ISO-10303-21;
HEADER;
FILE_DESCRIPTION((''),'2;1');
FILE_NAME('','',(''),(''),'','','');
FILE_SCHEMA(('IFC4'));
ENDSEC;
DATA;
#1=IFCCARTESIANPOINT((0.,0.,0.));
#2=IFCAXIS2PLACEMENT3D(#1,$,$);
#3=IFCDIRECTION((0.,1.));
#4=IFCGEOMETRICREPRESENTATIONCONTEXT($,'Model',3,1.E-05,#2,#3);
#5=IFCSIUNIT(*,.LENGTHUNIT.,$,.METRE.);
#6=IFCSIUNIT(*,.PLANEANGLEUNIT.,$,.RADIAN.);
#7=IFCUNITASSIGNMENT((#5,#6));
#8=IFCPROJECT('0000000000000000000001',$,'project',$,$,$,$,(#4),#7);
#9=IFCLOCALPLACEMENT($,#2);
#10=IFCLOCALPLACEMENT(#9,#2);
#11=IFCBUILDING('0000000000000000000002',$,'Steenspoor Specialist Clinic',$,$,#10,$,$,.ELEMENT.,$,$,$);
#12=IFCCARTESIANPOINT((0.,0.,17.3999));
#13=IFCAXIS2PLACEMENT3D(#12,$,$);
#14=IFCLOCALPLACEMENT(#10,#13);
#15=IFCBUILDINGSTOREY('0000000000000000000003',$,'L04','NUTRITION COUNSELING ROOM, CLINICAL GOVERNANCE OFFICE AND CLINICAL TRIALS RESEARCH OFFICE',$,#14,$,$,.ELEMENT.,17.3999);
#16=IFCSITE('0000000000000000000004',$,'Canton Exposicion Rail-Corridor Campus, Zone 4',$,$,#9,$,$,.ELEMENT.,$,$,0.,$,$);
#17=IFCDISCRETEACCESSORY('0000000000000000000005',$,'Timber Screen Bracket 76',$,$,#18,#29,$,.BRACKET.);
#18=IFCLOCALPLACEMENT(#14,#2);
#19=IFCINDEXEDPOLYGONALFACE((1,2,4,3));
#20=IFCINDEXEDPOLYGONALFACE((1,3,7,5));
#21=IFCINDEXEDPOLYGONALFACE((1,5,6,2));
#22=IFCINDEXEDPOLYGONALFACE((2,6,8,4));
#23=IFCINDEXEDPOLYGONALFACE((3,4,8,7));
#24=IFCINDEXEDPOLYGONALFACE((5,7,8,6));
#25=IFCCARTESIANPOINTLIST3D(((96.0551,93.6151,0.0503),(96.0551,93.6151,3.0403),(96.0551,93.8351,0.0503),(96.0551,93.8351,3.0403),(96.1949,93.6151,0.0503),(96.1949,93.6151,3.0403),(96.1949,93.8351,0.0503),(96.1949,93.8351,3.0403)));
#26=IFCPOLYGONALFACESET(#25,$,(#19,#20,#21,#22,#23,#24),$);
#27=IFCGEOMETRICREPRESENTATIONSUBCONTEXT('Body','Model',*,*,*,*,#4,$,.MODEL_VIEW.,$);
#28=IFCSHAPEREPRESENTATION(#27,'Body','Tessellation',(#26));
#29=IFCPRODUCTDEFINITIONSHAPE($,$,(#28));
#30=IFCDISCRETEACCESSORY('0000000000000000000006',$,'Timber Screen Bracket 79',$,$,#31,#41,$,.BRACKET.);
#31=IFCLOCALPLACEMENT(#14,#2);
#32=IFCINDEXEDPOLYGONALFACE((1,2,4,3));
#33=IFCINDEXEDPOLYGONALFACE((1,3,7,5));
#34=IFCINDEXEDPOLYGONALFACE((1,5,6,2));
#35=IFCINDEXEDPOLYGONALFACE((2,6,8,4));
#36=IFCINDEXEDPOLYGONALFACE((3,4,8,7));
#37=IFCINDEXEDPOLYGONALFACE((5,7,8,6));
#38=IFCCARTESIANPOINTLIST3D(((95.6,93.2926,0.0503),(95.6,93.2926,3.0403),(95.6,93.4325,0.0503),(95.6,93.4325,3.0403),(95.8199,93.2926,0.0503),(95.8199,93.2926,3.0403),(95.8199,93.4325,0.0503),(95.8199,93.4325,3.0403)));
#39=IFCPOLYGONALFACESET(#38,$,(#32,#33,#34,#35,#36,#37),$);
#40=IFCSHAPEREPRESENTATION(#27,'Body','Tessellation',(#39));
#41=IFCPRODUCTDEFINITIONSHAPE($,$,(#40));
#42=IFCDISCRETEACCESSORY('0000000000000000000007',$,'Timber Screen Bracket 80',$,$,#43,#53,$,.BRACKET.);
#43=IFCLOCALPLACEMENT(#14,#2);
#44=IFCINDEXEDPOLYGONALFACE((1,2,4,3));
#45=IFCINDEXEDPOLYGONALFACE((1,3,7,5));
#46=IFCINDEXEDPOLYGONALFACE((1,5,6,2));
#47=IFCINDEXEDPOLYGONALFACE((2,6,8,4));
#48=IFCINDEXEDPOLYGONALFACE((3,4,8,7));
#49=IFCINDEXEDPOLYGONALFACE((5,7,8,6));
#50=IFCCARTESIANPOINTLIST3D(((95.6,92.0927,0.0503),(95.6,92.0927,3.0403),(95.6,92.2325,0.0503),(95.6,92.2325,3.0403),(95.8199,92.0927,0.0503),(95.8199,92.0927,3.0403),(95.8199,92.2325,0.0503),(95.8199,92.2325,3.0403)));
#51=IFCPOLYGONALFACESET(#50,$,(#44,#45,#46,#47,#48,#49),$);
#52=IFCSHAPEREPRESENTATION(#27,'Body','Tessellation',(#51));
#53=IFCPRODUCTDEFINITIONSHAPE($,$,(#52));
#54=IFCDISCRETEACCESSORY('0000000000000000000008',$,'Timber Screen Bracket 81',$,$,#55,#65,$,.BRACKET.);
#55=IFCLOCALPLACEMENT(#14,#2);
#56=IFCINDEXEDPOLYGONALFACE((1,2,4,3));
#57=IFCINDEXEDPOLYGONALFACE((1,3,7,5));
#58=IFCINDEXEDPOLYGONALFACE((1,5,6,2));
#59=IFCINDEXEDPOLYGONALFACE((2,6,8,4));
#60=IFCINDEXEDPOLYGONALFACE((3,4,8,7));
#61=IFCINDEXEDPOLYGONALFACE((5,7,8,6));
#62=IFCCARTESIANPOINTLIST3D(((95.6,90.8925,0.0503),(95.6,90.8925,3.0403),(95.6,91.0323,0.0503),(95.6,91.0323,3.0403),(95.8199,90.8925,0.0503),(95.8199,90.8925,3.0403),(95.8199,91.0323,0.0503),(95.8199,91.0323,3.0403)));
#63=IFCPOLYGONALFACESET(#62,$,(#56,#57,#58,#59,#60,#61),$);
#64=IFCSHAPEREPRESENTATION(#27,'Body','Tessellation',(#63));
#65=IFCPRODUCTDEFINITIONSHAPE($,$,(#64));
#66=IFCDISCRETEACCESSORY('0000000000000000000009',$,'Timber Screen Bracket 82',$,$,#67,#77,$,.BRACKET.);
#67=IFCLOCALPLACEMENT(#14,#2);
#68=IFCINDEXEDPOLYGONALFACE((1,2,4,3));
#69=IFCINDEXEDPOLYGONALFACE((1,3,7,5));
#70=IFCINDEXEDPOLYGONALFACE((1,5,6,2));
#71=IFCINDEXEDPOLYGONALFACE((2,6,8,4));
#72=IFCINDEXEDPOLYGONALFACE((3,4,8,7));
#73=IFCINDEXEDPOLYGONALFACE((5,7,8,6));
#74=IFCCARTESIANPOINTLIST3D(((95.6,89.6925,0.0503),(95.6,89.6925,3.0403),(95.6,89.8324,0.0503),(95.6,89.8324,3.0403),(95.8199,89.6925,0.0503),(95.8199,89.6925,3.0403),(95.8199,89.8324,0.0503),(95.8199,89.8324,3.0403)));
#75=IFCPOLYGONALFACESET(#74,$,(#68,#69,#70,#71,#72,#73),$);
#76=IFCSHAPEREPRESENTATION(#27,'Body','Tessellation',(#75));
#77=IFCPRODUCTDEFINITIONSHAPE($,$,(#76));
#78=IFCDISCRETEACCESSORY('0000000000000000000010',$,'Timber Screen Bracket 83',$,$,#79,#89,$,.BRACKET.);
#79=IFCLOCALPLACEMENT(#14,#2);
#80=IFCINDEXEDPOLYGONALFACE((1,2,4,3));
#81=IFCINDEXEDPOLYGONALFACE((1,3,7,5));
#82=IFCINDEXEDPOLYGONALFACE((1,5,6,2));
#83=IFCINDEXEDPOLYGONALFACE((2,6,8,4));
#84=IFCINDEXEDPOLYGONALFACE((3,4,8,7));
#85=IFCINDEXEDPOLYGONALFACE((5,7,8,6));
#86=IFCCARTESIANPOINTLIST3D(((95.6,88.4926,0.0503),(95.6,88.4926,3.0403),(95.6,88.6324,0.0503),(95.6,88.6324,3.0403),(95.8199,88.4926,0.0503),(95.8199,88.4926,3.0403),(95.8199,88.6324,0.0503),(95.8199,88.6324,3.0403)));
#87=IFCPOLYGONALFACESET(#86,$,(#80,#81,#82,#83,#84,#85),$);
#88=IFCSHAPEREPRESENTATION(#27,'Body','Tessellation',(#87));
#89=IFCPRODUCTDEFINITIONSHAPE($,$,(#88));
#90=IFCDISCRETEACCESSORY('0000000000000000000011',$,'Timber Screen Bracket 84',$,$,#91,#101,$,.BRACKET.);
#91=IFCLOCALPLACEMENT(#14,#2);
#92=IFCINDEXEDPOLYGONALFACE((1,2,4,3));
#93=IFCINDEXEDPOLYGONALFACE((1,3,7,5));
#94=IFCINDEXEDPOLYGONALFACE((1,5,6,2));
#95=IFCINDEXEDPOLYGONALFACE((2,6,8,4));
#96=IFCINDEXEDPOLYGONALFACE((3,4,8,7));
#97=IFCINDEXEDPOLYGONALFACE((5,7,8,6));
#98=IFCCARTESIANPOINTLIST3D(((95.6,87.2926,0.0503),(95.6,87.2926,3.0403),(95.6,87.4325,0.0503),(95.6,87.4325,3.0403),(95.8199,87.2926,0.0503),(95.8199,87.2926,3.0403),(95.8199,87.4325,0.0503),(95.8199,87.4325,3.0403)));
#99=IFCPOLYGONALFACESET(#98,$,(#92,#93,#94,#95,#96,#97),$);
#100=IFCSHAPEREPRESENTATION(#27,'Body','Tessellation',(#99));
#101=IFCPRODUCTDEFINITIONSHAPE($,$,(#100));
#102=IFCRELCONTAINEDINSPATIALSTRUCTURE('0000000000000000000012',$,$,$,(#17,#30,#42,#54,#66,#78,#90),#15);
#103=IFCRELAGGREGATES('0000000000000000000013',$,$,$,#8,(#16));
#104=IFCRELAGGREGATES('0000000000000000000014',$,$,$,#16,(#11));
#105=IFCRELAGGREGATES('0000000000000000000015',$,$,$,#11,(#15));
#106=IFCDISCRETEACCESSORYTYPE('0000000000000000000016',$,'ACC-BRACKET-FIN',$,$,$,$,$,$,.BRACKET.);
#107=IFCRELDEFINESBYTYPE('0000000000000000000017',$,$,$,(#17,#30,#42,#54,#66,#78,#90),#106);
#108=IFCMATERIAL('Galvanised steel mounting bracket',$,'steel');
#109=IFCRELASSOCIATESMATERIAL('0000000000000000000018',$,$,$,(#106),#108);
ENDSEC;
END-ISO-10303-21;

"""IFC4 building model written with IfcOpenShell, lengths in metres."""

from ifc_helpers import new_model, si_unit, direction, frame, origin, origin_2d, place, context, subcontext, project, spatial, rectangle, extrude, material, type_object, element, save


model = new_model("IFC4")

# Units and contexts
model_context = context("Model", 3, precision=1e-05, world=origin(), true_north=direction((0.0, 1.0)))
body_context = subcontext(model_context, "Body", "Model", "MODEL_VIEW")
ifc_project = project(units=[si_unit("LENGTHUNIT", "METRE"), si_unit("PLANEANGLEUNIT", "RADIAN")], contexts=[model_context])

# Site, building, storey
site_placement = place(None, origin())
site = spatial("IfcSite", under=ifc_project, at=site_placement, Name="Canton Exposicion Rail-Corridor Campus, Zone 4", CompositionType="ELEMENT", RefElevation=0.0)
building_placement = place(site_placement, origin())
building = spatial("IfcBuilding", under=site, at=building_placement, Name="Steenspoor Specialist Clinic", CompositionType="ELEMENT")
storey_placement = place(building_placement, frame((0.0, 0.0, 17.3999)))
storey = spatial("IfcBuildingStorey", under=building, at=storey_placement, Name="L04", Description="NUTRITION COUNSELING ROOM, CLINICAL GOVERNANCE OFFICE AND CLINICAL TRIALS RESEARCH OFFICE", CompositionType="ELEMENT", Elevation=17.3999)

# Discrete accessories
ifc_material_1 = material(Name="Galvanised steel mounting bracket", Category="steel")
discrete_accessory_type = type_object("IfcDiscreteAccessoryType", Name="ACC-BRACKET-FIN", PredefinedType="BRACKET", material=ifc_material_1)
for number, where, z_axis, x_axis, name in (
    (1, (96.125, 93.7251, 0.0503), (0.0, 0.0, 1.0), (0.0, -1.0, 0.0), "Timber Screen Bracket 76"),
    (2, (95.71, 93.3625, 0.0503), (0.0, 0.0, 1.0), (1.0, 0.0, 0.0), "Timber Screen Bracket 79"),
    (3, (95.71, 92.1626, 0.0503), (0.0, 0.0, 1.0), (1.0, 0.0, 0.0), "Timber Screen Bracket 80"),
    (4, (95.71, 90.9624, 0.0503), (0.0, 0.0, 1.0), (1.0, 0.0, 0.0), "Timber Screen Bracket 81"),
    (5, (95.71, 89.7625, 0.0503), (0.0, 0.0, 1.0), (1.0, 0.0, 0.0), "Timber Screen Bracket 82"),
    (6, (95.71, 88.5625, 0.0503), (0.0, 0.0, 1.0), (1.0, 0.0, 0.0), "Timber Screen Bracket 83"),
    (7, (95.71, 87.3625, 0.0503), (0.0, 0.0, 1.0), (1.0, 0.0, 0.0), "Timber Screen Bracket 84"),
):
    element("IfcDiscreteAccessory", number, at=place(storey_placement, frame(where, z_axis=z_axis, x_axis=x_axis)), inside=storey, type_object=discrete_accessory_type, Name=name, PredefinedType="BRACKET", context=body_context, shape_type="SweptSolid", body=[
        extrude(rectangle(XDim=0.22, YDim=0.1399, at=origin_2d()), origin(), (0.0, 0.0, 1.0), 2.99),
    ])

save(model, "model.ifc")
